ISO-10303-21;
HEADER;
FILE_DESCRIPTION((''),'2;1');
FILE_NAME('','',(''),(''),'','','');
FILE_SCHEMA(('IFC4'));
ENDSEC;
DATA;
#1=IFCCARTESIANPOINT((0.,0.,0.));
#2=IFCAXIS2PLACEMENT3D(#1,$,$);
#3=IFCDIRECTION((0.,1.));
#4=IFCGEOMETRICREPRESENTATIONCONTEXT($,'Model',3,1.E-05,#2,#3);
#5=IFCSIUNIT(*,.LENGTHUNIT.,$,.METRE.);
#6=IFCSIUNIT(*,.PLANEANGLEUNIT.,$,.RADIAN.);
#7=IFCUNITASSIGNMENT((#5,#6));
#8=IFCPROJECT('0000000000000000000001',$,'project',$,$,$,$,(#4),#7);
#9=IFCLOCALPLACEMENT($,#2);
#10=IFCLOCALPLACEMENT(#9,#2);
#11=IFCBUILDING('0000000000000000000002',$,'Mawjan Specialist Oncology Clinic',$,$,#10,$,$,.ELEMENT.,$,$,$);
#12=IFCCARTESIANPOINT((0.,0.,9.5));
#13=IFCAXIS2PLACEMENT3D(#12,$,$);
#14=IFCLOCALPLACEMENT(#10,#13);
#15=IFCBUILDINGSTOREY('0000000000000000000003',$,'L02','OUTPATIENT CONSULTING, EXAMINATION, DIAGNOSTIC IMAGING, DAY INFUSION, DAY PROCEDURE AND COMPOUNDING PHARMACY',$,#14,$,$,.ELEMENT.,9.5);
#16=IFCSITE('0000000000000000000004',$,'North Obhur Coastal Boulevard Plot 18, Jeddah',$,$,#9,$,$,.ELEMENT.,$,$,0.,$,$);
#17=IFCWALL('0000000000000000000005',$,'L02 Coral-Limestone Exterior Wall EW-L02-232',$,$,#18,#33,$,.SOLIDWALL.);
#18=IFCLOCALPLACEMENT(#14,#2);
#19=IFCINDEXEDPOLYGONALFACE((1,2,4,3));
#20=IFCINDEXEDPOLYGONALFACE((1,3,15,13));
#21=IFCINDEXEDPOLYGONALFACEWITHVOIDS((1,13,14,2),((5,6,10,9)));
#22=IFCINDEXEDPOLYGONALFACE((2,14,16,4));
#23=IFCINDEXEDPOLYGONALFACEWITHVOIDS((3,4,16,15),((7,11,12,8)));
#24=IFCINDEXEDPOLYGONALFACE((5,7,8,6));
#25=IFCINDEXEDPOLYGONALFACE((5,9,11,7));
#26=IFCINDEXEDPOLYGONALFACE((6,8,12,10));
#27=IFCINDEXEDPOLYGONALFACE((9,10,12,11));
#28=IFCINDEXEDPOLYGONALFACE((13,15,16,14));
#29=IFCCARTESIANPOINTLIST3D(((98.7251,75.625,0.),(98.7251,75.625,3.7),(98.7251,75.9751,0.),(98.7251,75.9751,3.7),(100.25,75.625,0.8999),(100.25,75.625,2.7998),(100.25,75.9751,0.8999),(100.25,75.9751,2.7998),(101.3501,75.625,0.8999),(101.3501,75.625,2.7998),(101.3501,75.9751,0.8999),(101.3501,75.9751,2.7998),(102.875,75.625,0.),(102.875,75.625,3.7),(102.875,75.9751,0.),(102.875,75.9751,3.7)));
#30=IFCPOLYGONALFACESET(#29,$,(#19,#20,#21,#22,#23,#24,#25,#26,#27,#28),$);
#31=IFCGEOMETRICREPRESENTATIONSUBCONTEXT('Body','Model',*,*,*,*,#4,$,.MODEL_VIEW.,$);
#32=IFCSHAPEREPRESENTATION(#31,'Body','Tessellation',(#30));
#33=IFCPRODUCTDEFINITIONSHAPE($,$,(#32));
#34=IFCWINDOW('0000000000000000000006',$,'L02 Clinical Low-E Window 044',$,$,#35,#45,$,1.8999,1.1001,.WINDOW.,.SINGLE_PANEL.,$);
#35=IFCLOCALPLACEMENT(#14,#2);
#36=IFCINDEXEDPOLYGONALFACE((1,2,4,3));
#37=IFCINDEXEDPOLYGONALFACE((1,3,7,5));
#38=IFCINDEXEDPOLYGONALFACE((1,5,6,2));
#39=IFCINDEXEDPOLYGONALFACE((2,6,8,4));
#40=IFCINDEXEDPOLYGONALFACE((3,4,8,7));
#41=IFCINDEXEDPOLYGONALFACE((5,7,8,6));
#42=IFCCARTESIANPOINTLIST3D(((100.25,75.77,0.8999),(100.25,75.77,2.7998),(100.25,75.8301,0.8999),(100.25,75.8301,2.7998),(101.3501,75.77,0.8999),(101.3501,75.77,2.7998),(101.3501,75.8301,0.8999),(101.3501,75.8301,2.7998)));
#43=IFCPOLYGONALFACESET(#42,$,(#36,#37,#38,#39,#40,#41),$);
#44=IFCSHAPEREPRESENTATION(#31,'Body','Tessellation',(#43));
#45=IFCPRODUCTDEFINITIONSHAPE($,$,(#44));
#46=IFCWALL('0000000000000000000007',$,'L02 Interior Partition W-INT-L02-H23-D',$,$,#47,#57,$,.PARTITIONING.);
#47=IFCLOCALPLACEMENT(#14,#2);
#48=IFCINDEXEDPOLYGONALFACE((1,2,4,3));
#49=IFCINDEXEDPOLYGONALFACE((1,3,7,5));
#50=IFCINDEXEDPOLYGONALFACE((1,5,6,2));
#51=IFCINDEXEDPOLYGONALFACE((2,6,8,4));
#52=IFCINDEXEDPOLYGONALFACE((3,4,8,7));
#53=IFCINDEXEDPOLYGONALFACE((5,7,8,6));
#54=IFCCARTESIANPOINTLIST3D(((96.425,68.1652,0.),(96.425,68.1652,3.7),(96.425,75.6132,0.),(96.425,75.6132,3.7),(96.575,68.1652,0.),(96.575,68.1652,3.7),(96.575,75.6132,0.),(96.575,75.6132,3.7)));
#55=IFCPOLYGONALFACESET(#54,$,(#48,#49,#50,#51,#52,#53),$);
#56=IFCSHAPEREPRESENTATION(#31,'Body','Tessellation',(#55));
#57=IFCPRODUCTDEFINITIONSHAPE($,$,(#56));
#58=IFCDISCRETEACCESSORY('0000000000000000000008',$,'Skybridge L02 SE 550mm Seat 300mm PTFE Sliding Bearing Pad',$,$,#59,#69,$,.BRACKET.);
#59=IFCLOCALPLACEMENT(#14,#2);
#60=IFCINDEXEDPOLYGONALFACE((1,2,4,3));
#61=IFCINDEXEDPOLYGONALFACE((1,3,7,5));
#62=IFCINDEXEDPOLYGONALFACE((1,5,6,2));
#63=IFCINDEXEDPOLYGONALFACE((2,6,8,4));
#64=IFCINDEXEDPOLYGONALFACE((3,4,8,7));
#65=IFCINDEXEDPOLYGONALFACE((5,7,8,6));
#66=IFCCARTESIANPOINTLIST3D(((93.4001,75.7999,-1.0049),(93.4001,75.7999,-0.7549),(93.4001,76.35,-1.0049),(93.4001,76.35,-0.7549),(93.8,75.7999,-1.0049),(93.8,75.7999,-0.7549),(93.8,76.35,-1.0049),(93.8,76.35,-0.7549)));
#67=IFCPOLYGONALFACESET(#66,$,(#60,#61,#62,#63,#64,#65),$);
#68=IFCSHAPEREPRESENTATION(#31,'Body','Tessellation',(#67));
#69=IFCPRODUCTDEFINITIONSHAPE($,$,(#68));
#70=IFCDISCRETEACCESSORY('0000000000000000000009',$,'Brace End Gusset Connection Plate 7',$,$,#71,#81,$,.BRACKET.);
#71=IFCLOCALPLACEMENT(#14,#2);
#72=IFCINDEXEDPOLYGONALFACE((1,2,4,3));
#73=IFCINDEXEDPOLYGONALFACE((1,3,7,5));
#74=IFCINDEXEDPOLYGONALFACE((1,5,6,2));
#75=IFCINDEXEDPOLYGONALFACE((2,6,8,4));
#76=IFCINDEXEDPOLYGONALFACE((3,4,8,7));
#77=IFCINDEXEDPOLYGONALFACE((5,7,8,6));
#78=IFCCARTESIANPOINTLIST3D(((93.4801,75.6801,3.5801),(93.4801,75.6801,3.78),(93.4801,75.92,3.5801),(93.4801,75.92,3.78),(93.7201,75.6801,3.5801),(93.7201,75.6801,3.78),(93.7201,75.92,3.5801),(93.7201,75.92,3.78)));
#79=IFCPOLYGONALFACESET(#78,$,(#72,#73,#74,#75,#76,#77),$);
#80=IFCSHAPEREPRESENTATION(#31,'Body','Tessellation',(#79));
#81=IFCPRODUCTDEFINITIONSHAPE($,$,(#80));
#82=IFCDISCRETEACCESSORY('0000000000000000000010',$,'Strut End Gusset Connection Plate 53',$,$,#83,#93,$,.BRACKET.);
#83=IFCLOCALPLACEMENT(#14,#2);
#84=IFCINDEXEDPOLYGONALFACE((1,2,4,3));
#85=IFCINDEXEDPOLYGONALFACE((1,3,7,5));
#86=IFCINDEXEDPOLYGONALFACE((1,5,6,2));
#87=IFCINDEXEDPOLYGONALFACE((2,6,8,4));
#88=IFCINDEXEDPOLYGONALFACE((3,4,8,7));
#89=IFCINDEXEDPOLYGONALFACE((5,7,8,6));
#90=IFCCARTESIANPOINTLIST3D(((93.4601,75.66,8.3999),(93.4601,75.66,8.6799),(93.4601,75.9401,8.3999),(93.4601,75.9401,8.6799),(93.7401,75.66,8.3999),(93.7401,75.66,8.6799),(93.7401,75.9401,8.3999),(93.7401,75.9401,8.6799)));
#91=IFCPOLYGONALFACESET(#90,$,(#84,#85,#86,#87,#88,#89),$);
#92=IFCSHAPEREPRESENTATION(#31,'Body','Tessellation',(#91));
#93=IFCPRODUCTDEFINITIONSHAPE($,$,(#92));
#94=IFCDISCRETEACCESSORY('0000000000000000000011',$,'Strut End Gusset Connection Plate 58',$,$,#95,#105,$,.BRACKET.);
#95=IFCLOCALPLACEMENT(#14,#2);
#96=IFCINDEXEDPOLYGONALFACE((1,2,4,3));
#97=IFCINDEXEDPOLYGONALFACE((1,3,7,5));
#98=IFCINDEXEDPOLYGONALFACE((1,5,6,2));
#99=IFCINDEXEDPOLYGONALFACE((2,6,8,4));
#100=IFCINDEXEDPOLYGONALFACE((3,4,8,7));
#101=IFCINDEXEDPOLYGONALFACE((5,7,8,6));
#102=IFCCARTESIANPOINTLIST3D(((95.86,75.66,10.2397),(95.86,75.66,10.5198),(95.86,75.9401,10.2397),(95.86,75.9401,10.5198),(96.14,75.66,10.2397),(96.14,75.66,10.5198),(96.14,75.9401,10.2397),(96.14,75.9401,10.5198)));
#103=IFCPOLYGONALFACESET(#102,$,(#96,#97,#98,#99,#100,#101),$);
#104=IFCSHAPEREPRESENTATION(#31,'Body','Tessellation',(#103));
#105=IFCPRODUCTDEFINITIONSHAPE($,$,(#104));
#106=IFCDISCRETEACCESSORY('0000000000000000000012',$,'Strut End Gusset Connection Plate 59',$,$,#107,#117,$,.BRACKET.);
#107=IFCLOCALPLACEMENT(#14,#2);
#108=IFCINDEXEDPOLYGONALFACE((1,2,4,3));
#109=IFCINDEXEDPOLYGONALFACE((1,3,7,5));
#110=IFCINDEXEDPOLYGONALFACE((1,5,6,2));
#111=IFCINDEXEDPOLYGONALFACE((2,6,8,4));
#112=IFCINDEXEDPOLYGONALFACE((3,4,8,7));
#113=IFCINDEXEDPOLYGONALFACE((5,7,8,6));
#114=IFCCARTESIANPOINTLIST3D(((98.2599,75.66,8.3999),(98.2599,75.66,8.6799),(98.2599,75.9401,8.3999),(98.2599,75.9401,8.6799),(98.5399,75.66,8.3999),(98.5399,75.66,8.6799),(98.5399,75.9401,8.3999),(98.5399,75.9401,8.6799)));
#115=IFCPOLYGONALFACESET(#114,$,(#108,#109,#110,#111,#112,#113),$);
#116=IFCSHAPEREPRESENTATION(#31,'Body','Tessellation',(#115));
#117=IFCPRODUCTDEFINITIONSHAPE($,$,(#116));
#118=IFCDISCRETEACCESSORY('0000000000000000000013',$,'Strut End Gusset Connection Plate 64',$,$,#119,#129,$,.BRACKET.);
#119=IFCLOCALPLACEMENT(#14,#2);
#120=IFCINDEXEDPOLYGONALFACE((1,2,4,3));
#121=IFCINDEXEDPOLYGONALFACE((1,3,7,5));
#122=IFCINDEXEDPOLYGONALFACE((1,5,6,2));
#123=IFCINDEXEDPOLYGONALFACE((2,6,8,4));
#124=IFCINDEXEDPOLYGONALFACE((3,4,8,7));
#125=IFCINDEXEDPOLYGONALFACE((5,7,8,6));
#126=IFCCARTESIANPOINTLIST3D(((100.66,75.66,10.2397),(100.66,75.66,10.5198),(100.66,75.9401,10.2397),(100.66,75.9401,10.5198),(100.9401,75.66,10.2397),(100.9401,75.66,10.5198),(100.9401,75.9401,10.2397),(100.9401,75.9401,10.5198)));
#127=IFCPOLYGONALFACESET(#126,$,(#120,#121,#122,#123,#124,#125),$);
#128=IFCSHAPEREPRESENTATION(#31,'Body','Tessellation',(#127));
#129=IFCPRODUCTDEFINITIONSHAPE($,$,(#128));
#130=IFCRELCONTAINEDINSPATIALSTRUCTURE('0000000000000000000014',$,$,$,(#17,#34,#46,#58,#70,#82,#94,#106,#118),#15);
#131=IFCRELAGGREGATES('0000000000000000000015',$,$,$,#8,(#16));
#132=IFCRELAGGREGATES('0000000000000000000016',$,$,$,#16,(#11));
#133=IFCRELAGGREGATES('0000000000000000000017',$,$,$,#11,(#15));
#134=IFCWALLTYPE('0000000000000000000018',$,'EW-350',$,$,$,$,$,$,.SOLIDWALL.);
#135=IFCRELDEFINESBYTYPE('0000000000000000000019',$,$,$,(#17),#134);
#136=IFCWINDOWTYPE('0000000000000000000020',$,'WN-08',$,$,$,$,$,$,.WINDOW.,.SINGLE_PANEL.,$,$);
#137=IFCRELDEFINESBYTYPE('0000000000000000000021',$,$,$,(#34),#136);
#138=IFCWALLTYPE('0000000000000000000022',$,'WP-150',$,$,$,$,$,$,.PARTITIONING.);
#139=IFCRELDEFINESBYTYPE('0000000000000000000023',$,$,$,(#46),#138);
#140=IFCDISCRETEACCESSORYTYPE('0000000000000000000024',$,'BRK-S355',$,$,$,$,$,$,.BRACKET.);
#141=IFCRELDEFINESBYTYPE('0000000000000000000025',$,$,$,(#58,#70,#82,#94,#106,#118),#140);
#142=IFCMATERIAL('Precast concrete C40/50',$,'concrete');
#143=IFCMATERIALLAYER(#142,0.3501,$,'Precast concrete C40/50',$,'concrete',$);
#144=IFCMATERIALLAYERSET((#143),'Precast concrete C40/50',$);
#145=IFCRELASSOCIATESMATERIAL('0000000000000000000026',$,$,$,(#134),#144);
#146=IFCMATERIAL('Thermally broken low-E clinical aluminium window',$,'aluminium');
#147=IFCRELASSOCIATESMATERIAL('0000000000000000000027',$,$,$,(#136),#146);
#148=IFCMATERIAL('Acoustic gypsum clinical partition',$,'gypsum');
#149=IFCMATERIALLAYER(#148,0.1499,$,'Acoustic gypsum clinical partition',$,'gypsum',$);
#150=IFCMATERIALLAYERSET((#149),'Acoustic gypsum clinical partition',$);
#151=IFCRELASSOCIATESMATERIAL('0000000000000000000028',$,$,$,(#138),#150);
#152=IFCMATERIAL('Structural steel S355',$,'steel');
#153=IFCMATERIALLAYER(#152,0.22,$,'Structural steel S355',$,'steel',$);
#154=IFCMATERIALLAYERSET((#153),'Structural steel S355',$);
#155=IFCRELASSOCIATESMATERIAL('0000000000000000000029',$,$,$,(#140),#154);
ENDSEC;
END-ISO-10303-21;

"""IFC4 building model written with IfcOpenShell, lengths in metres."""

from ifc_helpers import new_model, si_unit, direction, frame, frame_2d, origin, origin_2d, place, context, subcontext, project, spatial, rectangle, extrude, material, layer, layer_set, type_object, element, fill, save


model = new_model("IFC4")

# Units and contexts
model_context = context("Model", 3, precision=1e-05, world=origin(), true_north=direction((0.0, 1.0)))
body_context = subcontext(model_context, "Body", "Model", "MODEL_VIEW")
ifc_project = project(units=[si_unit("LENGTHUNIT", "METRE"), si_unit("PLANEANGLEUNIT", "RADIAN")], contexts=[model_context])

# Site, building, storey
site_placement = place(None, origin())
site = spatial("IfcSite", under=ifc_project, at=site_placement, Name="North Obhur Coastal Boulevard Plot 18, Jeddah", CompositionType="ELEMENT", RefElevation=0.0)
building_placement = place(site_placement, origin())
building = spatial("IfcBuilding", under=site, at=building_placement, Name="Mawjan Specialist Oncology Clinic", CompositionType="ELEMENT")
storey_placement = place(building_placement, frame((0.0, 0.0, 9.5)))
storey = spatial("IfcBuildingStorey", under=building, at=storey_placement, Name="L02", Description="OUTPATIENT CONSULTING, EXAMINATION, DIAGNOSTIC IMAGING, DAY INFUSION, DAY PROCEDURE AND COMPOUNDING PHARMACY", CompositionType="ELEMENT", Elevation=9.5)

# Shared definitions
ifc_material_1 = material(Name="Precast concrete C40/50", Category="concrete")
ifc_layer_1 = layer(ifc_material_1, 0.3501, Name="Precast concrete C40/50", Category="concrete")
ifc_layer_set_1 = layer_set([ifc_layer_1], Name="Precast concrete C40/50")
wall_type_1 = type_object("IfcWallType", Name="EW-350", PredefinedType="SOLIDWALL", material=ifc_layer_set_1)

# Wall, opening, window
wall_1_placement = place(storey_placement, frame((98.7251, 75.8, 0.0), z_axis=(0.0, 0.0, 1.0), x_axis=(1.0, 0.0, 0.0)))
wall_1 = element("IfcWall", 1, at=wall_1_placement, inside=storey, type_object=wall_type_1, Name="L02 Coral-Limestone Exterior Wall EW-L02-232", PredefinedType="SOLIDWALL", context=body_context, shape_type="SweptSolid", body=[
    extrude(rectangle(XDim=4.1499, YDim=0.3501, at=frame_2d((2.075, 0.0))), origin(), (0.0, 0.0, 1.0), 3.7),
])
opening_placement = place(wall_1_placement, frame((1.5249, 0.0, 0.8999)))
opening = element("IfcOpeningElement", 2, at=opening_placement, cuts=wall_1, PredefinedType="OPENING", context=body_context, shape_type="SweptSolid", body=[
    extrude(rectangle(XDim=1.1001, YDim=1.8999, at=frame_2d((0.55, 0.95))), frame((0.0, 0.187, 0.0), z_axis=(0.0, -1.0, 0.0), x_axis=(1.0, 0.0, 0.0)), (0.0, 0.0, 1.0), 0.374),
])
ifc_material_2 = material(Name="Thermally broken low-E clinical aluminium window", Category="aluminium")
window_type = type_object("IfcWindowType", Name="WN-08", PartitioningType="SINGLE_PANEL", PredefinedType="WINDOW", material=ifc_material_2)
window_placement = place(opening_placement, origin())
window = element("IfcWindow", 3, at=window_placement, inside=storey, type_object=window_type, Name="L02 Clinical Low-E Window 044", OverallHeight=1.8999, OverallWidth=1.1001, PartitioningType="SINGLE_PANEL", PredefinedType="WINDOW", context=body_context, shape_type="SweptSolid", body=[
    extrude(rectangle(XDim=1.1001, YDim=1.8999, at=frame_2d((0.55, 0.95))), frame((0.0, 0.03, 0.0), z_axis=(0.0, -1.0, 0.0), x_axis=(1.0, 0.0, 0.0)), (0.0, 0.0, 1.0), 0.0601),
])
fill(opening, window)

# Wall
ifc_material_3 = material(Name="Acoustic gypsum clinical partition", Category="gypsum")
ifc_layer_2 = layer(ifc_material_3, 0.1499, Name="Acoustic gypsum clinical partition", Category="gypsum")
ifc_layer_set_2 = layer_set([ifc_layer_2], Name="Acoustic gypsum clinical partition")
wall_type_2 = type_object("IfcWallType", Name="WP-150", PredefinedType="PARTITIONING", material=ifc_layer_set_2)
wall_2_placement = place(storey_placement, frame((96.5, 68.165, 0.0), z_axis=(0.0, 0.0, 1.0), x_axis=(0.0, 1.0, 0.0)))
element("IfcWall", 4, at=wall_2_placement, inside=storey, type_object=wall_type_2, Name="L02 Interior Partition W-INT-L02-H23-D", PredefinedType="PARTITIONING", context=body_context, shape_type="SweptSolid", body=[
    extrude(rectangle(XDim=7.448, YDim=0.1499, at=frame_2d((3.7241, 0.0))), origin(), (0.0, 0.0, 1.0), 3.7),
])

# Discrete accessories
ifc_material_4 = material(Name="Structural steel S355", Category="steel")
ifc_layer_3 = layer(ifc_material_4, 0.22, Name="Structural steel S355", Category="steel")
ifc_layer_set_3 = layer_set([ifc_layer_3], Name="Structural steel S355")
discrete_accessory_type = type_object("IfcDiscreteAccessoryType", Name="BRK-S355", PredefinedType="BRACKET", material=ifc_layer_set_3)
discrete_accessory_1_placement = place(storey_placement, frame((93.6001, 76.075, -1.0049), z_axis=(0.0, 0.0, 1.0), x_axis=(1.0, 0.0, 0.0)))
element("IfcDiscreteAccessory", 5, at=discrete_accessory_1_placement, inside=storey, type_object=discrete_accessory_type, Name="Skybridge L02 SE 550mm Seat 300mm PTFE Sliding Bearing Pad", PredefinedType="BRACKET", context=body_context, shape_type="SweptSolid", body=[
    extrude(rectangle(XDim=0.3999, YDim=0.55, at=origin_2d()), origin(), (0.0, 0.0, 1.0), 0.25),
])
discrete_accessory_2_placement = place(storey_placement, frame((93.6001, 75.8, 3.5801), z_axis=(0.0, 0.0, 1.0), x_axis=(1.0, 0.0, 0.0)))
element("IfcDiscreteAccessory", 6, at=discrete_accessory_2_placement, inside=storey, type_object=discrete_accessory_type, Name="Brace End Gusset Connection Plate 7", PredefinedType="BRACKET", context=body_context, shape_type="SweptSolid", body=[
    extrude(rectangle(XDim=0.24, YDim=0.24, at=origin_2d()), origin(), (0.0, 0.0, 1.0), 0.2),
])
for number, where, z_axis, x_axis, name in (
    (7, (93.6001, 75.8, 8.3999), (0.0, 0.0, 1.0), (1.0, 0.0, 0.0), "Strut End Gusset Connection Plate 53"),
    (8, (96.0, 75.8, 10.2397), (0.0, 0.0, 1.0), (1.0, 0.0, 0.0), "Strut End Gusset Connection Plate 58"),
    (9, (98.3999, 75.8, 8.3999), (0.0, 0.0, 1.0), (1.0, 0.0, 0.0), "Strut End Gusset Connection Plate 59"),
    (10, (100.8, 75.8, 10.2397), (0.0, 0.0, 1.0), (1.0, 0.0, 0.0), "Strut End Gusset Connection Plate 64"),
):
    element("IfcDiscreteAccessory", number, at=place(storey_placement, frame(where, z_axis=z_axis, x_axis=x_axis)), inside=storey, type_object=discrete_accessory_type, Name=name, PredefinedType="BRACKET", context=body_context, shape_type="SweptSolid", body=[
        extrude(rectangle(XDim=0.28, YDim=0.28, at=origin_2d()), origin(), (0.0, 0.0, 1.0), 0.28),
    ])

save(model, "model.ifc")
